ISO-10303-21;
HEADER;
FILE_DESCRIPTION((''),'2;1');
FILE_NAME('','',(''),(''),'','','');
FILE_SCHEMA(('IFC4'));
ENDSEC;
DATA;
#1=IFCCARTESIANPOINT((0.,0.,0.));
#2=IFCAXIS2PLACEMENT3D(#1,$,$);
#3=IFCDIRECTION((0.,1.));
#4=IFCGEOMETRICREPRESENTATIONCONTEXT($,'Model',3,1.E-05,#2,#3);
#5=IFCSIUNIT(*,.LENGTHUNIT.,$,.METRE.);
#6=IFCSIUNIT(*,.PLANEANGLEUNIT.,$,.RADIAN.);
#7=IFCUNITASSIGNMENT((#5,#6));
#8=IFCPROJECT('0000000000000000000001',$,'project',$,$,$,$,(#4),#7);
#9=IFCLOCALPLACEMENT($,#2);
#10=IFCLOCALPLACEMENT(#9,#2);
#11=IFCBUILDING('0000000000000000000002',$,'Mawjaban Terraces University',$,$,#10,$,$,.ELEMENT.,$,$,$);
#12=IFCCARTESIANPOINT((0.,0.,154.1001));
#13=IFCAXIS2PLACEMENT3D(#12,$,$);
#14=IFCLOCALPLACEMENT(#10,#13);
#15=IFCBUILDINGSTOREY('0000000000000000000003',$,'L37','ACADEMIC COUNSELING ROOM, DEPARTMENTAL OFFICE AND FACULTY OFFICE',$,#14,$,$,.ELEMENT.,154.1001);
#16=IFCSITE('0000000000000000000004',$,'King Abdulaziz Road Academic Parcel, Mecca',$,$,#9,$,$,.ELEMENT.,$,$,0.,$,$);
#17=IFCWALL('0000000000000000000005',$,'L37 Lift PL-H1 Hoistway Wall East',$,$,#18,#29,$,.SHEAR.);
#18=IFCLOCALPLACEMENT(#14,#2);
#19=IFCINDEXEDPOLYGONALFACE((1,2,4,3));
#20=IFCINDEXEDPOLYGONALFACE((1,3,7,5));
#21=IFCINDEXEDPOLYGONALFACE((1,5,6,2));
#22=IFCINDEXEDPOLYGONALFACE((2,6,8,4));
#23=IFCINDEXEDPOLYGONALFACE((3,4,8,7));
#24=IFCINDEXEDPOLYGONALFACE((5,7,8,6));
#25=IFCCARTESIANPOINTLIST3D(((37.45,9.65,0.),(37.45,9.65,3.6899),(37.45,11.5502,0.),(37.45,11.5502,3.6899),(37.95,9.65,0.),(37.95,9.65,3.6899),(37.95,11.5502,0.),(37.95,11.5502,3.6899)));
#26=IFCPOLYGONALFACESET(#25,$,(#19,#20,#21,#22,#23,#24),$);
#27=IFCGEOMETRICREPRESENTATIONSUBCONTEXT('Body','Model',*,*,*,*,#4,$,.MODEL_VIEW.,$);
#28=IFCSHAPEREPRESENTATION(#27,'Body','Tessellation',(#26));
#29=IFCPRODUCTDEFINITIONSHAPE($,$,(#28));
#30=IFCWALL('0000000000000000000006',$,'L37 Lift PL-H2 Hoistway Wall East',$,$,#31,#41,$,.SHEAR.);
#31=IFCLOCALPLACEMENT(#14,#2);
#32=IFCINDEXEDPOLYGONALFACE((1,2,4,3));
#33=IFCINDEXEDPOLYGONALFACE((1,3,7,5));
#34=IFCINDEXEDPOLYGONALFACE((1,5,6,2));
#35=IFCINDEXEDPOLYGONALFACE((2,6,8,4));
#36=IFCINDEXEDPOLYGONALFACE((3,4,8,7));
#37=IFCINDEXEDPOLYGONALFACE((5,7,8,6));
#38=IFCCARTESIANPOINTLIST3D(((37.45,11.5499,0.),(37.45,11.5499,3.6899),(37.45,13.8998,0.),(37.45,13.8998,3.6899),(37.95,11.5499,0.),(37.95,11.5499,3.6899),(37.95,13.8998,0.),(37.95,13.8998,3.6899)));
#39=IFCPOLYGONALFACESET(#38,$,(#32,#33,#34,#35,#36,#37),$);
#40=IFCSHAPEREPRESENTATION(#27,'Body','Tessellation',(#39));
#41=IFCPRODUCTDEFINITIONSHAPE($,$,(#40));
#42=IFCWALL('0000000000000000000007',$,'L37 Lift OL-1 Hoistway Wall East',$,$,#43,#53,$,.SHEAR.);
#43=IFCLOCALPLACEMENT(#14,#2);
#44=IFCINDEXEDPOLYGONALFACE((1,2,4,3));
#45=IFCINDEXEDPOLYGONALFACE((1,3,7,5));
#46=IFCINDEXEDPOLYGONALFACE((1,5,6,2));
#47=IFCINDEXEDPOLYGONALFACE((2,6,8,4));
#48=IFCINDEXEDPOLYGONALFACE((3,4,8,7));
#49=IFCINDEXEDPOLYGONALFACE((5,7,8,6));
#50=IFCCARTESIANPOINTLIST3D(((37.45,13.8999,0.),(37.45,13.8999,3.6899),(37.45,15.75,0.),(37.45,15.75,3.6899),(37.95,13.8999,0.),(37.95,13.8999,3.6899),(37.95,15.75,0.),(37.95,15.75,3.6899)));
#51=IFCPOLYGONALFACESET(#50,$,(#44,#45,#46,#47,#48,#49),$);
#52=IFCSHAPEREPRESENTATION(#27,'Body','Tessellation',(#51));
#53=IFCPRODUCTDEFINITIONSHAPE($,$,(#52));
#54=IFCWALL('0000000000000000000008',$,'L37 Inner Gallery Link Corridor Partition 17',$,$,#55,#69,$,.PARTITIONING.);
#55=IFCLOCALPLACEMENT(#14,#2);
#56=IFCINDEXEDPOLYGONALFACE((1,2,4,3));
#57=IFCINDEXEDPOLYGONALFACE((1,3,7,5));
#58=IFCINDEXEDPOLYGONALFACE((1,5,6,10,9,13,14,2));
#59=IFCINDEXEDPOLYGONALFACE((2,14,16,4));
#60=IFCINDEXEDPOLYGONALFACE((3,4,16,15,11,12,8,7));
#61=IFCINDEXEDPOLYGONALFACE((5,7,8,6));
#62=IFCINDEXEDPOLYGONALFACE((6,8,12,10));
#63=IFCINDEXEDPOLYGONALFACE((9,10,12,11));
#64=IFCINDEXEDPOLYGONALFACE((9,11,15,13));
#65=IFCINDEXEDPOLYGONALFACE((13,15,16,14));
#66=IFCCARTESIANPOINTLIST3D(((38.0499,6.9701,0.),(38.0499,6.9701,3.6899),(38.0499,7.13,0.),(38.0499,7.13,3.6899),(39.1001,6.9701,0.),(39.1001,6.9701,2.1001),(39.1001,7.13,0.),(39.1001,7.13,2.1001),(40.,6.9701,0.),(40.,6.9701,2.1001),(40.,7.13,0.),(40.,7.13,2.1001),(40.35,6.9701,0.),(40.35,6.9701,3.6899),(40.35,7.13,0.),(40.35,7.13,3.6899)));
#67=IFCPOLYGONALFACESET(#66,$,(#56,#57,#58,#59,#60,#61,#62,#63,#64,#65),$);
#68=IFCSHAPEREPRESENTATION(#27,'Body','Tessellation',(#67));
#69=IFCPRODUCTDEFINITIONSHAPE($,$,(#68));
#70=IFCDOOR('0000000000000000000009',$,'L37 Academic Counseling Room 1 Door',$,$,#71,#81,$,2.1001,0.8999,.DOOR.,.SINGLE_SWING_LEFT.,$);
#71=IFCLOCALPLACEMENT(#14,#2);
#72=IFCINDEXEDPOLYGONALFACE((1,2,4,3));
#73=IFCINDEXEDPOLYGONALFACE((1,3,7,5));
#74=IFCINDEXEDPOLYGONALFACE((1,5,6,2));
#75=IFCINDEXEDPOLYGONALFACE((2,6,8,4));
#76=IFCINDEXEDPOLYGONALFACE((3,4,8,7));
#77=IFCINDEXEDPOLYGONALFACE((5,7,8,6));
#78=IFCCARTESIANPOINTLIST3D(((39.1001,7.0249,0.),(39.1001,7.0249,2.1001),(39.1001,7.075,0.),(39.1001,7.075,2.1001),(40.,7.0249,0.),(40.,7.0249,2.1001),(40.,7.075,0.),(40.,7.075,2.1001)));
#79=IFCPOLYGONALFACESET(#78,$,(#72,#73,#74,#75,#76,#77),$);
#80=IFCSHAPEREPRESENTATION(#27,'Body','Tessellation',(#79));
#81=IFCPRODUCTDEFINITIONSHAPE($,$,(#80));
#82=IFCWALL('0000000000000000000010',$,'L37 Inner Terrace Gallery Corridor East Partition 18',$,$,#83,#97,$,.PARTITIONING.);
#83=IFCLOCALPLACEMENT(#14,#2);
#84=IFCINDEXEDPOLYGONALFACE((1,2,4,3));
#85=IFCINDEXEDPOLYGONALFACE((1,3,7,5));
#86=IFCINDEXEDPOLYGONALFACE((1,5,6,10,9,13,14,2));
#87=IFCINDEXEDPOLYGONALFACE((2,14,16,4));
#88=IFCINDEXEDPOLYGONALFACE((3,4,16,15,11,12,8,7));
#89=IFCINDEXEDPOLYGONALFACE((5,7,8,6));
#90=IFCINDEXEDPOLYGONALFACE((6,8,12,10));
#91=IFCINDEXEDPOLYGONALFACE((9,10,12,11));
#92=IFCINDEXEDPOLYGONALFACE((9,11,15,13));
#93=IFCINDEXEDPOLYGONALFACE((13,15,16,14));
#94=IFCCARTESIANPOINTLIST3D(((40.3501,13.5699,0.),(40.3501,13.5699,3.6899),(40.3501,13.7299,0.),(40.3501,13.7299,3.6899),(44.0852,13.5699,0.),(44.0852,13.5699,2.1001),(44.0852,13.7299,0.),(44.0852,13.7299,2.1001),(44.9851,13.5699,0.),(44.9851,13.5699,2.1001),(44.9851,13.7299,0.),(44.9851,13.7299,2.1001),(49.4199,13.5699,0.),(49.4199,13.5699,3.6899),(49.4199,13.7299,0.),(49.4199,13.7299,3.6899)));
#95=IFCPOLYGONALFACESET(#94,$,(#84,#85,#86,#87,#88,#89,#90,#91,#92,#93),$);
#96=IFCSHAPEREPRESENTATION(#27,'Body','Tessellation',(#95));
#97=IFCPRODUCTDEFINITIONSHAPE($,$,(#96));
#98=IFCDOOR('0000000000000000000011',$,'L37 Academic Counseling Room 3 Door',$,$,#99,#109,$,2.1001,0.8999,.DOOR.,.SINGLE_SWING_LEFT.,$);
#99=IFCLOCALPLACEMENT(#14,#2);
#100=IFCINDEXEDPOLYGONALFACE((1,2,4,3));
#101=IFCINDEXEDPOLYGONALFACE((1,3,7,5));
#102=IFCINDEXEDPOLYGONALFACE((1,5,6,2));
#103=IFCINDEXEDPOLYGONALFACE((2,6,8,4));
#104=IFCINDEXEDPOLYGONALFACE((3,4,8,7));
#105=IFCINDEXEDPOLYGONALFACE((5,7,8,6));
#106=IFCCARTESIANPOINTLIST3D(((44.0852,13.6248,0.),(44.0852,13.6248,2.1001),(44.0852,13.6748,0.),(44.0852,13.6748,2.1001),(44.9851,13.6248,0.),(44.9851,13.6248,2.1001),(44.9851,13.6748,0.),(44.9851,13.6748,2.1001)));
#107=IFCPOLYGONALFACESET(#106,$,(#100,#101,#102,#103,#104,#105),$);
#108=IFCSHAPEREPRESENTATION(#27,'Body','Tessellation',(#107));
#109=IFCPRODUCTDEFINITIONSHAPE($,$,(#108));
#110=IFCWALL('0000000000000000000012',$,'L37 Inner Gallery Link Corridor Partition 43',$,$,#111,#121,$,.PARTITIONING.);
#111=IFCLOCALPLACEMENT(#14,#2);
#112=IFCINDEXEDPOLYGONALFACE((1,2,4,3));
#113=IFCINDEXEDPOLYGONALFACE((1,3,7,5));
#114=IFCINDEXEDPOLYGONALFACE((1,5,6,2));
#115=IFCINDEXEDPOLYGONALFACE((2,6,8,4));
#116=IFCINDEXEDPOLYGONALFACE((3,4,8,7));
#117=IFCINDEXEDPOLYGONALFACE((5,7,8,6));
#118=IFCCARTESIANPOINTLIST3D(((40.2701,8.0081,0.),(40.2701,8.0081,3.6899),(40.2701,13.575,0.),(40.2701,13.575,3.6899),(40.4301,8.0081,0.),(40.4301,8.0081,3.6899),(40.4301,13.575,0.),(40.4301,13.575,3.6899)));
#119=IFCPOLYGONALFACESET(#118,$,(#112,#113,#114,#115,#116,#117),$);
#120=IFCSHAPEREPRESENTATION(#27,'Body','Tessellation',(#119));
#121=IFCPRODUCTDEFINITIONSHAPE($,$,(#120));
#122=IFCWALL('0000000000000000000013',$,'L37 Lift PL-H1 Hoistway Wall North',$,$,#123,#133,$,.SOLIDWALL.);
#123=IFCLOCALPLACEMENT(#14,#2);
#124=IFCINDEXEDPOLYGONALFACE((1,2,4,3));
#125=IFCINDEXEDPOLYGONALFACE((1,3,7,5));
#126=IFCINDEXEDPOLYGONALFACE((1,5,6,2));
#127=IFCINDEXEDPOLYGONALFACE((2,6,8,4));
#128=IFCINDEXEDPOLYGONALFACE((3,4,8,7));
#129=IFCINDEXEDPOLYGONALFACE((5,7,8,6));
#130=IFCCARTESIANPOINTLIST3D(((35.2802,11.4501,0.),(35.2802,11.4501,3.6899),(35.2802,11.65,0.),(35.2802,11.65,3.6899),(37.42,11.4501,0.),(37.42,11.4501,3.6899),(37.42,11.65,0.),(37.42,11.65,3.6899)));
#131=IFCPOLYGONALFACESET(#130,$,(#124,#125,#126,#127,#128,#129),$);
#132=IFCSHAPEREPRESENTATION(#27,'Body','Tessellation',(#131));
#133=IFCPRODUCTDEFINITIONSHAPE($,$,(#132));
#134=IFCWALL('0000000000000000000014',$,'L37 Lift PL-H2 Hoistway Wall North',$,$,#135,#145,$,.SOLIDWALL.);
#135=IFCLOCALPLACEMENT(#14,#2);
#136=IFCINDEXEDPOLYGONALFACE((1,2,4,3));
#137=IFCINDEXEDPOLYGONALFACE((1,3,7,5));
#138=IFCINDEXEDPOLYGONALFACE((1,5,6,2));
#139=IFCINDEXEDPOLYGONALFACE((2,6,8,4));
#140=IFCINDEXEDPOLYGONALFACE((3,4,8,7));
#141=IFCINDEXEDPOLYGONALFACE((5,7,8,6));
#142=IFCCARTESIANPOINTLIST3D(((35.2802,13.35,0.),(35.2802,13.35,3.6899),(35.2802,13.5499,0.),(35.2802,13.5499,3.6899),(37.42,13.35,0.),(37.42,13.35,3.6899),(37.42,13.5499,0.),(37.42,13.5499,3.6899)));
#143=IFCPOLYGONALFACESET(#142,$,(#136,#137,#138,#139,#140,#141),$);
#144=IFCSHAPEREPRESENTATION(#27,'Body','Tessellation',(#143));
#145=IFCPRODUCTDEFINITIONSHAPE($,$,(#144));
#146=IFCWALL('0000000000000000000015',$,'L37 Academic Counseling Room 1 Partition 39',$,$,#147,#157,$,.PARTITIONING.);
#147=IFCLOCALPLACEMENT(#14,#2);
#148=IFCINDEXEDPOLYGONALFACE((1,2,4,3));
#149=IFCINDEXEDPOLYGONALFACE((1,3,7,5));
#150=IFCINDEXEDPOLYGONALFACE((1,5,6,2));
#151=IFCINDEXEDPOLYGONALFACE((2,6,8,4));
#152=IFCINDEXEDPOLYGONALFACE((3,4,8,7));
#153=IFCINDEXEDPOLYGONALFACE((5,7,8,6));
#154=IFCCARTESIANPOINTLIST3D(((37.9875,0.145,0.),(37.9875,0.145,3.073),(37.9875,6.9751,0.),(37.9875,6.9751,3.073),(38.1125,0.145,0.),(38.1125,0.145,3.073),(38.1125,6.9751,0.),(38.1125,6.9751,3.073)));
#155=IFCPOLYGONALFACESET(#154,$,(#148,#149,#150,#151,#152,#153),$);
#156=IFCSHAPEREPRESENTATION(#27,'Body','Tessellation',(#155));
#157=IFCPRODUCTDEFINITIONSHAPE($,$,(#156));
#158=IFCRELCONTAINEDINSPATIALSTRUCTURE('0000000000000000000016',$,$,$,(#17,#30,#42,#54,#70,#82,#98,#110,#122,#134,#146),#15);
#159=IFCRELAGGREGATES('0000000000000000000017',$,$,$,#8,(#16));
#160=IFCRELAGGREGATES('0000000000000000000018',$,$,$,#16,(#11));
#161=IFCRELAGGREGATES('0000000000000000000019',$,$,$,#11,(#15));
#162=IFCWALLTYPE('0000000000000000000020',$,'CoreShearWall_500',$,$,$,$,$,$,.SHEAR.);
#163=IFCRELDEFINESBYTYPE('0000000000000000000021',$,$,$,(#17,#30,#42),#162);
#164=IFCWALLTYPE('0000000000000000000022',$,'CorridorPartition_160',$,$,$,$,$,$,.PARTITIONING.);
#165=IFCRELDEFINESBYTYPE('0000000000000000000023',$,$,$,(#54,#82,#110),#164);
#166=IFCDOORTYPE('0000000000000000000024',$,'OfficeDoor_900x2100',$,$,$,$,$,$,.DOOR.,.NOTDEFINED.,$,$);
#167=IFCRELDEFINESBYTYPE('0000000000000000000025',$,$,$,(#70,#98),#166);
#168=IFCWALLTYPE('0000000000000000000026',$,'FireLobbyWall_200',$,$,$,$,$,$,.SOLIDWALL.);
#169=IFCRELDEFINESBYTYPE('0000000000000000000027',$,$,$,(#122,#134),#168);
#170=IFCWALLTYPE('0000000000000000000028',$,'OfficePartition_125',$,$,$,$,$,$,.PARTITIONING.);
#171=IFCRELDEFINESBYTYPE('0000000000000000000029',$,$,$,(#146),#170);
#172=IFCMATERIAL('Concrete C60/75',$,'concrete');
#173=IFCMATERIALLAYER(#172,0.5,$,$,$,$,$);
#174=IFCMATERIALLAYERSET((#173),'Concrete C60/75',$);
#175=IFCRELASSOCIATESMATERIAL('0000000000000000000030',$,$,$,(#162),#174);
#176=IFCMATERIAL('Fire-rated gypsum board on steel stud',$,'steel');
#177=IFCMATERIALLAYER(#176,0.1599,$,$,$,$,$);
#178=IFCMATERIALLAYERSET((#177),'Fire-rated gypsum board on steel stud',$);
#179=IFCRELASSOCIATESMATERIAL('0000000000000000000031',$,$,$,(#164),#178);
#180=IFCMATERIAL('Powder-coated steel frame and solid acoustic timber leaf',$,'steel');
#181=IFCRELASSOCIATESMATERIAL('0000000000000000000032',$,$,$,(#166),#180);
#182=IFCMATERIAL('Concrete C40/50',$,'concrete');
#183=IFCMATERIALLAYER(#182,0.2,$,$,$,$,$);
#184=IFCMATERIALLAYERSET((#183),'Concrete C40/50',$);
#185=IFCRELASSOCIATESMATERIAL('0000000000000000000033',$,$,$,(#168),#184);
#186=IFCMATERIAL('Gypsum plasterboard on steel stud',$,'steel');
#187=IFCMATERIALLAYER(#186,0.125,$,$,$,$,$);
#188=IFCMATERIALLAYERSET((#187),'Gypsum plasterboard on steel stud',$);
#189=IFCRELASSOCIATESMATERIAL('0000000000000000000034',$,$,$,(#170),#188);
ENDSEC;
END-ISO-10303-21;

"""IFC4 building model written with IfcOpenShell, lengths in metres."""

from ifc_helpers import new_model, si_unit, direction, frame, frame_2d, origin, place, context, subcontext, project, spatial, rectangle, extrude, material, layer, layer_set, type_object, element, fill, save


model = new_model("IFC4")

# Units and contexts
model_context = context("Model", 3, precision=1e-05, world=origin(), true_north=direction((0.0, 1.0)))
body_context = subcontext(model_context, "Body", "Model", "MODEL_VIEW")
ifc_project = project(units=[si_unit("LENGTHUNIT", "METRE"), si_unit("PLANEANGLEUNIT", "RADIAN")], contexts=[model_context])

# Site, building, storey
site_placement = place(None, origin())
site = spatial("IfcSite", under=ifc_project, at=site_placement, Name="King Abdulaziz Road Academic Parcel, Mecca", CompositionType="ELEMENT", RefElevation=0.0)
building_placement = place(site_placement, origin())
building = spatial("IfcBuilding", under=site, at=building_placement, Name="Mawjaban Terraces University", CompositionType="ELEMENT")
storey_placement = place(building_placement, frame((0.0, 0.0, 154.1001)))
storey = spatial("IfcBuildingStorey", under=building, at=storey_placement, Name="L37", Description="ACADEMIC COUNSELING ROOM, DEPARTMENTAL OFFICE AND FACULTY OFFICE", CompositionType="ELEMENT", Elevation=154.1001)

# Shared definitions
ifc_material_1 = material(Name="Concrete C60/75", Category="concrete")

# Walls
ifc_layer_1 = layer(ifc_material_1, 0.5)
ifc_layer_set_1 = layer_set([ifc_layer_1], Name="Concrete C60/75")
wall_type_1 = type_object("IfcWallType", Name="CoreShearWall_500", PredefinedType="SHEAR", material=ifc_layer_set_1)
wall_1_placement = place(storey_placement, frame((37.7, 9.6499, 0.0), z_axis=(0.0, 0.0, 1.0), x_axis=(0.0, 1.0, 0.0)))
element("IfcWall", 1, at=wall_1_placement, inside=storey, type_object=wall_type_1, Name="L37 Lift PL-H1 Hoistway Wall East", PredefinedType="SHEAR", context=body_context, shape_type="SweptSolid", body=[
    extrude(rectangle(XDim=1.9001, YDim=0.5, at=frame_2d((0.9502, 0.0))), origin(), (0.0, 0.0, 1.0), 3.6899),
])
wall_2_placement = place(storey_placement, frame((37.7, 11.55, 0.0), z_axis=(0.0, 0.0, 1.0), x_axis=(0.0, 1.0, 0.0)))
element("IfcWall", 2, at=wall_2_placement, inside=storey, type_object=wall_type_1, Name="L37 Lift PL-H2 Hoistway Wall East", PredefinedType="SHEAR", context=body_context, shape_type="SweptSolid", body=[
    extrude(rectangle(XDim=2.3499, YDim=0.5, at=frame_2d((1.1748, 0.0))), origin(), (0.0, 0.0, 1.0), 3.6899),
])
wall_3_placement = place(storey_placement, frame((37.7, 13.8999, 0.0), z_axis=(0.0, 0.0, 1.0), x_axis=(0.0, 1.0, 0.0)))
element("IfcWall", 3, at=wall_3_placement, inside=storey, type_object=wall_type_1, Name="L37 Lift OL-1 Hoistway Wall East", PredefinedType="SHEAR", context=body_context, shape_type="SweptSolid", body=[
    extrude(rectangle(XDim=1.8501, YDim=0.5, at=frame_2d((0.925, 0.0))), origin(), (0.0, 0.0, 1.0), 3.6899),
])

# Walls, openings, doors
ifc_material_2 = material(Name="Fire-rated gypsum board on steel stud", Category="steel")
ifc_layer_2 = layer(ifc_material_2, 0.1599)
ifc_layer_set_2 = layer_set([ifc_layer_2], Name="Fire-rated gypsum board on steel stud")
wall_type_2 = type_object("IfcWallType", Name="CorridorPartition_160", PredefinedType="PARTITIONING", material=ifc_layer_set_2)
wall_4_placement = place(storey_placement, frame((38.05, 7.05, 0.0), z_axis=(0.0, 0.0, 1.0), x_axis=(1.0, 0.0, 0.0)))
wall_4 = element("IfcWall", 4, at=wall_4_placement, inside=storey, type_object=wall_type_2, Name="L37 Inner Gallery Link Corridor Partition 17", PredefinedType="PARTITIONING", context=body_context, shape_type="SweptSolid", body=[
    extrude(rectangle(XDim=2.3, YDim=0.1599, at=frame_2d((1.1499, 0.0))), origin(), (0.0, 0.0, 1.0), 3.6899),
])
opening_1_placement = place(wall_4_placement, frame((1.05, 0.0, 0.0)))
opening_1 = element("IfcOpeningElement", 5, at=opening_1_placement, cuts=wall_4, PredefinedType="OPENING", context=body_context, shape_type="SweptSolid", body=[
    extrude(rectangle(XDim=0.8999, YDim=2.1001, at=frame_2d((0.45, 1.05))), frame((0.0, 0.0898, 0.0), z_axis=(0.0, -1.0, 0.0), x_axis=(1.0, 0.0, 0.0)), (0.0, 0.0, 1.0), 0.1799),
])
ifc_material_3 = material(Name="Powder-coated steel frame and solid acoustic timber leaf", Category="steel")
door_type = type_object("IfcDoorType", Name="OfficeDoor_900x2100", OperationType="NOTDEFINED", PredefinedType="DOOR", material=ifc_material_3)
door_1_placement = place(opening_1_placement, origin())
door_1 = element("IfcDoor", 6, at=door_1_placement, inside=storey, type_object=door_type, Name="L37 Academic Counseling Room 1 Door", OperationType="SINGLE_SWING_LEFT", OverallHeight=2.1001, OverallWidth=0.8999, PredefinedType="DOOR", context=body_context, shape_type="SweptSolid", body=[
    extrude(rectangle(XDim=0.8999, YDim=2.1001, at=frame_2d((0.45, 1.05))), frame((0.0, 0.0249, 0.0), z_axis=(0.0, -1.0, 0.0), x_axis=(1.0, 0.0, 0.0)), (0.0, 0.0, 1.0), 0.05),
])
fill(opening_1, door_1)
wall_5_placement = place(storey_placement, frame((40.3501, 13.6499, 0.0), z_axis=(0.0, 0.0, 1.0), x_axis=(1.0, 0.0, 0.0)))
wall_5 = element("IfcWall", 7, at=wall_5_placement, inside=storey, type_object=wall_type_2, Name="L37 Inner Terrace Gallery Corridor East Partition 18", PredefinedType="PARTITIONING", context=body_context, shape_type="SweptSolid", body=[
    extrude(rectangle(XDim=9.0698, YDim=0.1599, at=frame_2d((4.5349, 0.0))), origin(), (0.0, 0.0, 1.0), 3.6899),
])
opening_2_placement = place(wall_5_placement, frame((3.7351, 0.0, 0.0)))
opening_2 = element("IfcOpeningElement", 8, at=opening_2_placement, cuts=wall_5, PredefinedType="OPENING", context=body_context, shape_type="SweptSolid", body=[
    extrude(rectangle(XDim=0.8999, YDim=2.1001, at=frame_2d((0.45, 1.05))), frame((0.0, 0.0898, 0.0), z_axis=(0.0, -1.0, 0.0), x_axis=(1.0, 0.0, 0.0)), (0.0, 0.0, 1.0), 0.1799),
])
door_2_placement = place(opening_2_placement, origin())
door_2 = element("IfcDoor", 9, at=door_2_placement, inside=storey, type_object=door_type, Name="L37 Academic Counseling Room 3 Door", OperationType="SINGLE_SWING_LEFT", OverallHeight=2.1001, OverallWidth=0.8999, PredefinedType="DOOR", context=body_context, shape_type="SweptSolid", body=[
    extrude(rectangle(XDim=0.8999, YDim=2.1001, at=frame_2d((0.45, 1.05))), frame((0.0, 0.0249, 0.0), z_axis=(0.0, -1.0, 0.0), x_axis=(1.0, 0.0, 0.0)), (0.0, 0.0, 1.0), 0.05),
])
fill(opening_2, door_2)

# Walls
wall_6_placement = place(storey_placement, frame((40.3501, 8.0081, 0.0), z_axis=(0.0, 0.0, 1.0), x_axis=(0.0, 1.0, 0.0)))
element("IfcWall", 10, at=wall_6_placement, inside=storey, type_object=wall_type_2, Name="L37 Inner Gallery Link Corridor Partition 43", PredefinedType="PARTITIONING", context=body_context, shape_type="SweptSolid", body=[
    extrude(rectangle(XDim=5.5669, YDim=0.1599, at=frame_2d((2.7834, 0.0))), origin(), (0.0, 0.0, 1.0), 3.6899),
])
ifc_material_4 = material(Name="Concrete C40/50", Category="concrete")
ifc_layer_3 = layer(ifc_material_4, 0.2)
ifc_layer_set_3 = layer_set([ifc_layer_3], Name="Concrete C40/50")
wall_type_3 = type_object("IfcWallType", Name="FireLobbyWall_200", PredefinedType="SOLIDWALL", material=ifc_layer_set_3)
for number, where, z_axis, x_axis, name in (
    (11, (37.4199, 11.55, 0.0), (0.0, 0.0, 1.0), (-1.0, 0.0, 0.0), "L37 Lift PL-H1 Hoistway Wall North"),
    (12, (37.4199, 13.45, 0.0), (0.0, 0.0, 1.0), (-1.0, 0.0, 0.0), "L37 Lift PL-H2 Hoistway Wall North"),
):
    element("IfcWall", number, at=place(storey_placement, frame(where, z_axis=z_axis, x_axis=x_axis)), inside=storey, type_object=wall_type_3, Name=name, PredefinedType="SOLIDWALL", context=body_context, shape_type="SweptSolid", body=[
        extrude(rectangle(XDim=2.1399, YDim=0.2, at=frame_2d((1.0698, 0.0))), origin(), (0.0, 0.0, 1.0), 3.6899),
    ])
ifc_material_5 = material(Name="Gypsum plasterboard on steel stud", Category="steel")
ifc_layer_4 = layer(ifc_material_5, 0.125)
ifc_layer_set_4 = layer_set([ifc_layer_4], Name="Gypsum plasterboard on steel stud")
wall_type_4 = type_object("IfcWallType", Name="OfficePartition_125", PredefinedType="PARTITIONING", material=ifc_layer_set_4)
wall_7_placement = place(storey_placement, frame((38.05, 6.9751, 0.0), z_axis=(0.0, 0.0, 1.0), x_axis=(0.0, -1.0, 0.0)))
element("IfcWall", 13, at=wall_7_placement, inside=storey, type_object=wall_type_4, Name="L37 Academic Counseling Room 1 Partition 39", PredefinedType="PARTITIONING", context=body_context, shape_type="SweptSolid", body=[
    extrude(rectangle(XDim=6.8301, YDim=0.125, at=frame_2d((3.415, 0.0))), origin(), (0.0, 0.0, 1.0), 3.073),
])

save(model, "model.ifc")
